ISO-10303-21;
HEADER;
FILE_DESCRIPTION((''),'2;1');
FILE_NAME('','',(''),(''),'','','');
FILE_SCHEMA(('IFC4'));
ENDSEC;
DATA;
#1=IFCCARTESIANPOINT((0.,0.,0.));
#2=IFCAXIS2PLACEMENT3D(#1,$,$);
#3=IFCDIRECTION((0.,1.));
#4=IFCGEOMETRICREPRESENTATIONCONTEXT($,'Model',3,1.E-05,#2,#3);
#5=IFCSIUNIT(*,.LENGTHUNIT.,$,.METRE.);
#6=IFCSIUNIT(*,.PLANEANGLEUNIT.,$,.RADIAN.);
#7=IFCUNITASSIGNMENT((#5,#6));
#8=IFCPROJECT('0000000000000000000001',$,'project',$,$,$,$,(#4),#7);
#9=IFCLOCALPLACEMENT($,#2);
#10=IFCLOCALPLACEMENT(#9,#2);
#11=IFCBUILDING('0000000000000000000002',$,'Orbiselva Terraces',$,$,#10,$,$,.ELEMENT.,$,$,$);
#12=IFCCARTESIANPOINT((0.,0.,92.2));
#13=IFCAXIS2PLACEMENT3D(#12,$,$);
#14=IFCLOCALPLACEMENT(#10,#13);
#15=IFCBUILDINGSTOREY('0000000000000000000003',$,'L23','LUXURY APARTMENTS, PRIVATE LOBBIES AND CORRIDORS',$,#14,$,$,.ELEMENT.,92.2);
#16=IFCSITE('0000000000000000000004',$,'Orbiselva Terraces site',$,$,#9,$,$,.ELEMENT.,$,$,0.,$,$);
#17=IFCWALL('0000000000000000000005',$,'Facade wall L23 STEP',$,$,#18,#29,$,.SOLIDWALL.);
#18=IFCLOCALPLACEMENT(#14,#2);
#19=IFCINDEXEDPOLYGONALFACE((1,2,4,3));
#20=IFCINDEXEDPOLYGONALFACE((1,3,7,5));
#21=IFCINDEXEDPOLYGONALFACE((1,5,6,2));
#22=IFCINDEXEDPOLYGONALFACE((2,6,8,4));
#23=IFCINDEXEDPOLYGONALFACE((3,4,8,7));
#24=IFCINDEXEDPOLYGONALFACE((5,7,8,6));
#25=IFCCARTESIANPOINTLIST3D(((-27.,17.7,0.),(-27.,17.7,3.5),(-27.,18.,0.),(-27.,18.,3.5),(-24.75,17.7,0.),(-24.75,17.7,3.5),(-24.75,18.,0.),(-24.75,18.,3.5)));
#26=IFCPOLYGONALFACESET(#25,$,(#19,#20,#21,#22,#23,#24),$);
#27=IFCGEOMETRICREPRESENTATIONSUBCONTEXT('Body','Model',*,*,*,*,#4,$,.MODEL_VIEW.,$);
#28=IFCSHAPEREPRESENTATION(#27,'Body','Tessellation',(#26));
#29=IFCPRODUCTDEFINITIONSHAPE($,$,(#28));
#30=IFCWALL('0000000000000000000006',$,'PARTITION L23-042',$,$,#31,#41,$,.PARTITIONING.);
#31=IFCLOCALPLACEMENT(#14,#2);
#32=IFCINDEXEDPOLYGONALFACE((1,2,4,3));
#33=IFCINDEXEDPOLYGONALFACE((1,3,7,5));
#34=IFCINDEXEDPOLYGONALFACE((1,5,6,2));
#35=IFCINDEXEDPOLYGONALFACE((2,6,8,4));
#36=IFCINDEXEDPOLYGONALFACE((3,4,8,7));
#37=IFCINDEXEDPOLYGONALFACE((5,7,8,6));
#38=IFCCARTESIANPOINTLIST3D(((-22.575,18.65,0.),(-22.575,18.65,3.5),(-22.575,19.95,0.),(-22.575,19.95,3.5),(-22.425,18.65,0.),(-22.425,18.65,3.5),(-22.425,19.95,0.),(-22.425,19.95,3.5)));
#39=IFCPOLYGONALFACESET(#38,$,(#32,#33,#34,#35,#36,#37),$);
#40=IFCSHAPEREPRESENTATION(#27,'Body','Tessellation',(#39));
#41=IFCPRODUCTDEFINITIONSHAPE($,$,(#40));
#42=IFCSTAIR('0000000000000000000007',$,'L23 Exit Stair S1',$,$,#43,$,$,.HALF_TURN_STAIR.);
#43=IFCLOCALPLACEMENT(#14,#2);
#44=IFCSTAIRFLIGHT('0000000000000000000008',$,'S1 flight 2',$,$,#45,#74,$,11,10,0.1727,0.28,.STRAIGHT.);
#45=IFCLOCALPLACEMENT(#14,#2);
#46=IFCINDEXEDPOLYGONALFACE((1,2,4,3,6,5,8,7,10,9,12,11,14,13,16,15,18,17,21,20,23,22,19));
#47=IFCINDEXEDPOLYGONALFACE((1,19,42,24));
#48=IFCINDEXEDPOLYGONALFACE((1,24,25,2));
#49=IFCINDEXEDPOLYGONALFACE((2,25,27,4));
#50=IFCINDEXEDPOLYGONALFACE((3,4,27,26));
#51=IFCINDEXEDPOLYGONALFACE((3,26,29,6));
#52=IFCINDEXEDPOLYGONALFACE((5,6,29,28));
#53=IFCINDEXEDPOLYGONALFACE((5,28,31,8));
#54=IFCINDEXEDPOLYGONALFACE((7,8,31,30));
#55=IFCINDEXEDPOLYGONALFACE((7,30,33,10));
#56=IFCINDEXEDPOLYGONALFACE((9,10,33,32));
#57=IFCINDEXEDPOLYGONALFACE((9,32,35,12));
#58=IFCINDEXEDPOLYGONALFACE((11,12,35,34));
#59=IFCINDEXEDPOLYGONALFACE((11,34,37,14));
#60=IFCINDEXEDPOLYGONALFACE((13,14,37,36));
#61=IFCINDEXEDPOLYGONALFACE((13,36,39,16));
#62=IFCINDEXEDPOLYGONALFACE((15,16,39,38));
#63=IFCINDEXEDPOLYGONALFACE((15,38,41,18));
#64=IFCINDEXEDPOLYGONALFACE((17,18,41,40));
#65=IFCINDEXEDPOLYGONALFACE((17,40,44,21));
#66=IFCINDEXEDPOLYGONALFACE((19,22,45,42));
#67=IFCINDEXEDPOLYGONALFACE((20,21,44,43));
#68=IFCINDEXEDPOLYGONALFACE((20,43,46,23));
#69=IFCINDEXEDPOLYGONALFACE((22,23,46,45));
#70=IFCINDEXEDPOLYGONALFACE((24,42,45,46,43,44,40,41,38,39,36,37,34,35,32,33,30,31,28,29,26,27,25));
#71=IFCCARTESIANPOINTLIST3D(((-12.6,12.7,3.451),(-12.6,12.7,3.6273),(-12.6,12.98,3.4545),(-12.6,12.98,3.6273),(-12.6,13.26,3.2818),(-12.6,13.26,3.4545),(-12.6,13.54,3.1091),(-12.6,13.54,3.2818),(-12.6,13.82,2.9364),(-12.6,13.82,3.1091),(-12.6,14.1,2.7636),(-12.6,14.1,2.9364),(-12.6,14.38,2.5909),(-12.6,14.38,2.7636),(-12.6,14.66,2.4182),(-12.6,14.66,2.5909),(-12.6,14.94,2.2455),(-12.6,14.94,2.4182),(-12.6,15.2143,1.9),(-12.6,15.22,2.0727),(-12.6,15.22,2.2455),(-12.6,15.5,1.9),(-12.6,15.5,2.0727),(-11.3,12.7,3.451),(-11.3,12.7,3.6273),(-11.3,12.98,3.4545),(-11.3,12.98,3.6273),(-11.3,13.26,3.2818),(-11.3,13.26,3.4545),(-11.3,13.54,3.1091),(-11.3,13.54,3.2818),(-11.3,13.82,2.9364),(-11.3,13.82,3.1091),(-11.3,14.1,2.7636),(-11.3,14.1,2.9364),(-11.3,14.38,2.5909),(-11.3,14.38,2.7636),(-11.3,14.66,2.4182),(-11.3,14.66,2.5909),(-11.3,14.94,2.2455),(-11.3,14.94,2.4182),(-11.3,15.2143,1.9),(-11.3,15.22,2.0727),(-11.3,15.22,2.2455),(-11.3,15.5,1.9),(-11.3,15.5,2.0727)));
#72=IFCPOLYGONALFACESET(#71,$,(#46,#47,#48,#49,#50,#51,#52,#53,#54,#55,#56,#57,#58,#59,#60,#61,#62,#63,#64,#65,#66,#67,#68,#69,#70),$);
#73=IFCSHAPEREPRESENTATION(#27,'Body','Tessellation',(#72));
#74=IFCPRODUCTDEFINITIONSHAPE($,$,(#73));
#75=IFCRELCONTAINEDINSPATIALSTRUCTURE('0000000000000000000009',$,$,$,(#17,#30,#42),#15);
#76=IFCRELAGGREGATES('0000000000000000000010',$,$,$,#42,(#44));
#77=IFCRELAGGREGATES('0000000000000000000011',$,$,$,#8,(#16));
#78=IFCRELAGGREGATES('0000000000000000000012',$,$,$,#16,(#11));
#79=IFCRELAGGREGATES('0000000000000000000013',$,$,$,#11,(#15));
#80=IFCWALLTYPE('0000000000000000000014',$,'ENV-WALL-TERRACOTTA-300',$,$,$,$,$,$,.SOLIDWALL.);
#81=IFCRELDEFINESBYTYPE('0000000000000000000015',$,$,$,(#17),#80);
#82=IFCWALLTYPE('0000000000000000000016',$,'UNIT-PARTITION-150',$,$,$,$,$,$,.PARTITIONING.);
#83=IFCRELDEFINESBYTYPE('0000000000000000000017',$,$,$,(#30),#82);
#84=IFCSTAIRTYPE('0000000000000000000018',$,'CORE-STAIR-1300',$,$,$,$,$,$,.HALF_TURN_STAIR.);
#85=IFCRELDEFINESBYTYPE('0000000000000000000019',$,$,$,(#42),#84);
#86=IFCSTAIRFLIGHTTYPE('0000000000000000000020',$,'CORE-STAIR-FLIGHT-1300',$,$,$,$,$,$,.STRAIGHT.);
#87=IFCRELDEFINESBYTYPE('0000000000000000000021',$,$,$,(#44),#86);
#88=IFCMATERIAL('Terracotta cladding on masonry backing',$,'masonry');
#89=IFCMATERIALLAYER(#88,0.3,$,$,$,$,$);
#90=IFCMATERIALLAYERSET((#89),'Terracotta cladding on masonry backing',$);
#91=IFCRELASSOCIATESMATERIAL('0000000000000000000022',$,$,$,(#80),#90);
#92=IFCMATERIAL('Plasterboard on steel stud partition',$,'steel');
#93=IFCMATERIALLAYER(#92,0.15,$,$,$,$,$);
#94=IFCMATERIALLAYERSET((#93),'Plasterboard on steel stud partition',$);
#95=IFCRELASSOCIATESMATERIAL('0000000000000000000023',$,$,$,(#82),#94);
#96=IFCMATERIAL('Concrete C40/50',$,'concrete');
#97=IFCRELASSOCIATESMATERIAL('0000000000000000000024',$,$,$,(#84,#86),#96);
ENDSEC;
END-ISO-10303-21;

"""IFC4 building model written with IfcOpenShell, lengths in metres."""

from ifc_helpers import new_model, si_unit, direction, frame, frame_2d, origin, place, context, subcontext, project, spatial, polyline, rectangle, outline, extrude, material, layer, layer_set, type_object, element, aggregate, save


model = new_model("IFC4")

# Units and contexts
model_context = context("Model", 3, precision=1e-05, world=origin(), true_north=direction((0.0, 1.0)))
body_context = subcontext(model_context, "Body", "Model", "MODEL_VIEW")
ifc_project = project(units=[si_unit("LENGTHUNIT", "METRE"), si_unit("PLANEANGLEUNIT", "RADIAN")], contexts=[model_context])

# Site, building, storey
site_placement = place(None, origin())
site = spatial("IfcSite", under=ifc_project, at=site_placement, Name="Orbiselva Terraces site", CompositionType="ELEMENT", RefElevation=0.0)
building_placement = place(site_placement, origin())
building = spatial("IfcBuilding", under=site, at=building_placement, Name="Orbiselva Terraces", CompositionType="ELEMENT")
storey_placement = place(building_placement, frame((0.0, 0.0, 92.2)))
storey = spatial("IfcBuildingStorey", under=building, at=storey_placement, Name="L23", Description="LUXURY APARTMENTS, PRIVATE LOBBIES AND CORRIDORS", CompositionType="ELEMENT", Elevation=92.2)

# Shared definitions
ifc_material_1 = material(Name="Terracotta cladding on masonry backing", Category="masonry")
ifc_layer_1 = layer(ifc_material_1, 0.3)
ifc_layer_set_1 = layer_set([ifc_layer_1], Name="Terracotta cladding on masonry backing")
wall_type_1 = type_object("IfcWallType", Name="ENV-WALL-TERRACOTTA-300", PredefinedType="SOLIDWALL", material=ifc_layer_set_1)

# Walls
wall_1_placement = place(storey_placement, frame((-27.0, 17.85, 0.0), z_axis=(0.0, 0.0, 1.0), x_axis=(1.0, 0.0, 0.0)))
element("IfcWall", 1, at=wall_1_placement, inside=storey, type_object=wall_type_1, Name="Facade wall L23 STEP", PredefinedType="SOLIDWALL", context=body_context, shape_type="SweptSolid", body=[
    extrude(rectangle(XDim=2.25, YDim=0.3, at=frame_2d((1.125, 0.0))), origin(), (0.0, 0.0, 1.0), 3.5),
])
ifc_material_2 = material(Name="Plasterboard on steel stud partition", Category="steel")
ifc_layer_2 = layer(ifc_material_2, 0.15)
ifc_layer_set_2 = layer_set([ifc_layer_2], Name="Plasterboard on steel stud partition")
wall_type_2 = type_object("IfcWallType", Name="UNIT-PARTITION-150", PredefinedType="PARTITIONING", material=ifc_layer_set_2)
wall_2_placement = place(storey_placement, frame((-22.5, 18.65, 0.0), z_axis=(0.0, 0.0, 1.0), x_axis=(0.0, 1.0, 0.0)))
element("IfcWall", 2, at=wall_2_placement, inside=storey, type_object=wall_type_2, Name="PARTITION L23-042", PredefinedType="PARTITIONING", context=body_context, shape_type="SweptSolid", body=[
    extrude(rectangle(XDim=1.3, YDim=0.15, at=frame_2d((0.65, 0.0))), origin(), (0.0, 0.0, 1.0), 3.5),
])

# Stair, stair flight
ifc_material_3 = material(Name="Concrete C40/50", Category="concrete")
stair_type = type_object("IfcStairType", Name="CORE-STAIR-1300", PredefinedType="HALF_TURN_STAIR", material=ifc_material_3)
stair_placement = place(storey_placement, origin())
stair = element("IfcStair", 3, at=stair_placement, inside=storey, type_object=stair_type, Name="L23 Exit Stair S1", PredefinedType="HALF_TURN_STAIR")
stair_flight_type = type_object("IfcStairFlightType", Name="CORE-STAIR-FLIGHT-1300", PredefinedType="STRAIGHT", material=ifc_material_3)
stair_flight_placement = place(storey_placement, frame((-11.95, 15.5, 1.9), z_axis=(0.0, 0.0, 1.0), x_axis=(0.0, -1.0, 0.0)))
stair_flight = element("IfcStairFlight", 4, at=stair_flight_placement, type_object=stair_flight_type, Name="S1 flight 2", NumberOfRisers=11, NumberOfTreads=10, PredefinedType="STRAIGHT", RiserHeight=0.1727, TreadLength=0.28, context=body_context, shape_type="SweptSolid", body=[
    extrude(outline(polyline([(0.0, 0.0), (0.0, 0.1727), (0.28, 0.1727), (0.28, 0.3455), (0.56, 0.3455), (0.56, 0.5182), (0.84, 0.5182), (0.84, 0.6909), (1.12, 0.6909), (1.12, 0.8636), (1.4, 0.8636), (1.4, 1.0364), (1.68, 1.0364), (1.68, 1.2091), (1.96, 1.2091), (1.96, 1.3818), (2.24, 1.3818), (2.24, 1.5545), (2.52, 1.5545), (2.52, 1.7273), (2.8, 1.7273), (2.8, 1.9), (2.8, 1.551), (0.2857, 0.0), (0.0, 0.0)])), frame((0.0, 0.65, 0.0), z_axis=(0.0, -1.0, 0.0), x_axis=(1.0, 0.0, 0.0)), (0.0, 0.0, 1.0), 1.3),
])
aggregate(stair, [stair_flight])

save(model, "model.ifc")
